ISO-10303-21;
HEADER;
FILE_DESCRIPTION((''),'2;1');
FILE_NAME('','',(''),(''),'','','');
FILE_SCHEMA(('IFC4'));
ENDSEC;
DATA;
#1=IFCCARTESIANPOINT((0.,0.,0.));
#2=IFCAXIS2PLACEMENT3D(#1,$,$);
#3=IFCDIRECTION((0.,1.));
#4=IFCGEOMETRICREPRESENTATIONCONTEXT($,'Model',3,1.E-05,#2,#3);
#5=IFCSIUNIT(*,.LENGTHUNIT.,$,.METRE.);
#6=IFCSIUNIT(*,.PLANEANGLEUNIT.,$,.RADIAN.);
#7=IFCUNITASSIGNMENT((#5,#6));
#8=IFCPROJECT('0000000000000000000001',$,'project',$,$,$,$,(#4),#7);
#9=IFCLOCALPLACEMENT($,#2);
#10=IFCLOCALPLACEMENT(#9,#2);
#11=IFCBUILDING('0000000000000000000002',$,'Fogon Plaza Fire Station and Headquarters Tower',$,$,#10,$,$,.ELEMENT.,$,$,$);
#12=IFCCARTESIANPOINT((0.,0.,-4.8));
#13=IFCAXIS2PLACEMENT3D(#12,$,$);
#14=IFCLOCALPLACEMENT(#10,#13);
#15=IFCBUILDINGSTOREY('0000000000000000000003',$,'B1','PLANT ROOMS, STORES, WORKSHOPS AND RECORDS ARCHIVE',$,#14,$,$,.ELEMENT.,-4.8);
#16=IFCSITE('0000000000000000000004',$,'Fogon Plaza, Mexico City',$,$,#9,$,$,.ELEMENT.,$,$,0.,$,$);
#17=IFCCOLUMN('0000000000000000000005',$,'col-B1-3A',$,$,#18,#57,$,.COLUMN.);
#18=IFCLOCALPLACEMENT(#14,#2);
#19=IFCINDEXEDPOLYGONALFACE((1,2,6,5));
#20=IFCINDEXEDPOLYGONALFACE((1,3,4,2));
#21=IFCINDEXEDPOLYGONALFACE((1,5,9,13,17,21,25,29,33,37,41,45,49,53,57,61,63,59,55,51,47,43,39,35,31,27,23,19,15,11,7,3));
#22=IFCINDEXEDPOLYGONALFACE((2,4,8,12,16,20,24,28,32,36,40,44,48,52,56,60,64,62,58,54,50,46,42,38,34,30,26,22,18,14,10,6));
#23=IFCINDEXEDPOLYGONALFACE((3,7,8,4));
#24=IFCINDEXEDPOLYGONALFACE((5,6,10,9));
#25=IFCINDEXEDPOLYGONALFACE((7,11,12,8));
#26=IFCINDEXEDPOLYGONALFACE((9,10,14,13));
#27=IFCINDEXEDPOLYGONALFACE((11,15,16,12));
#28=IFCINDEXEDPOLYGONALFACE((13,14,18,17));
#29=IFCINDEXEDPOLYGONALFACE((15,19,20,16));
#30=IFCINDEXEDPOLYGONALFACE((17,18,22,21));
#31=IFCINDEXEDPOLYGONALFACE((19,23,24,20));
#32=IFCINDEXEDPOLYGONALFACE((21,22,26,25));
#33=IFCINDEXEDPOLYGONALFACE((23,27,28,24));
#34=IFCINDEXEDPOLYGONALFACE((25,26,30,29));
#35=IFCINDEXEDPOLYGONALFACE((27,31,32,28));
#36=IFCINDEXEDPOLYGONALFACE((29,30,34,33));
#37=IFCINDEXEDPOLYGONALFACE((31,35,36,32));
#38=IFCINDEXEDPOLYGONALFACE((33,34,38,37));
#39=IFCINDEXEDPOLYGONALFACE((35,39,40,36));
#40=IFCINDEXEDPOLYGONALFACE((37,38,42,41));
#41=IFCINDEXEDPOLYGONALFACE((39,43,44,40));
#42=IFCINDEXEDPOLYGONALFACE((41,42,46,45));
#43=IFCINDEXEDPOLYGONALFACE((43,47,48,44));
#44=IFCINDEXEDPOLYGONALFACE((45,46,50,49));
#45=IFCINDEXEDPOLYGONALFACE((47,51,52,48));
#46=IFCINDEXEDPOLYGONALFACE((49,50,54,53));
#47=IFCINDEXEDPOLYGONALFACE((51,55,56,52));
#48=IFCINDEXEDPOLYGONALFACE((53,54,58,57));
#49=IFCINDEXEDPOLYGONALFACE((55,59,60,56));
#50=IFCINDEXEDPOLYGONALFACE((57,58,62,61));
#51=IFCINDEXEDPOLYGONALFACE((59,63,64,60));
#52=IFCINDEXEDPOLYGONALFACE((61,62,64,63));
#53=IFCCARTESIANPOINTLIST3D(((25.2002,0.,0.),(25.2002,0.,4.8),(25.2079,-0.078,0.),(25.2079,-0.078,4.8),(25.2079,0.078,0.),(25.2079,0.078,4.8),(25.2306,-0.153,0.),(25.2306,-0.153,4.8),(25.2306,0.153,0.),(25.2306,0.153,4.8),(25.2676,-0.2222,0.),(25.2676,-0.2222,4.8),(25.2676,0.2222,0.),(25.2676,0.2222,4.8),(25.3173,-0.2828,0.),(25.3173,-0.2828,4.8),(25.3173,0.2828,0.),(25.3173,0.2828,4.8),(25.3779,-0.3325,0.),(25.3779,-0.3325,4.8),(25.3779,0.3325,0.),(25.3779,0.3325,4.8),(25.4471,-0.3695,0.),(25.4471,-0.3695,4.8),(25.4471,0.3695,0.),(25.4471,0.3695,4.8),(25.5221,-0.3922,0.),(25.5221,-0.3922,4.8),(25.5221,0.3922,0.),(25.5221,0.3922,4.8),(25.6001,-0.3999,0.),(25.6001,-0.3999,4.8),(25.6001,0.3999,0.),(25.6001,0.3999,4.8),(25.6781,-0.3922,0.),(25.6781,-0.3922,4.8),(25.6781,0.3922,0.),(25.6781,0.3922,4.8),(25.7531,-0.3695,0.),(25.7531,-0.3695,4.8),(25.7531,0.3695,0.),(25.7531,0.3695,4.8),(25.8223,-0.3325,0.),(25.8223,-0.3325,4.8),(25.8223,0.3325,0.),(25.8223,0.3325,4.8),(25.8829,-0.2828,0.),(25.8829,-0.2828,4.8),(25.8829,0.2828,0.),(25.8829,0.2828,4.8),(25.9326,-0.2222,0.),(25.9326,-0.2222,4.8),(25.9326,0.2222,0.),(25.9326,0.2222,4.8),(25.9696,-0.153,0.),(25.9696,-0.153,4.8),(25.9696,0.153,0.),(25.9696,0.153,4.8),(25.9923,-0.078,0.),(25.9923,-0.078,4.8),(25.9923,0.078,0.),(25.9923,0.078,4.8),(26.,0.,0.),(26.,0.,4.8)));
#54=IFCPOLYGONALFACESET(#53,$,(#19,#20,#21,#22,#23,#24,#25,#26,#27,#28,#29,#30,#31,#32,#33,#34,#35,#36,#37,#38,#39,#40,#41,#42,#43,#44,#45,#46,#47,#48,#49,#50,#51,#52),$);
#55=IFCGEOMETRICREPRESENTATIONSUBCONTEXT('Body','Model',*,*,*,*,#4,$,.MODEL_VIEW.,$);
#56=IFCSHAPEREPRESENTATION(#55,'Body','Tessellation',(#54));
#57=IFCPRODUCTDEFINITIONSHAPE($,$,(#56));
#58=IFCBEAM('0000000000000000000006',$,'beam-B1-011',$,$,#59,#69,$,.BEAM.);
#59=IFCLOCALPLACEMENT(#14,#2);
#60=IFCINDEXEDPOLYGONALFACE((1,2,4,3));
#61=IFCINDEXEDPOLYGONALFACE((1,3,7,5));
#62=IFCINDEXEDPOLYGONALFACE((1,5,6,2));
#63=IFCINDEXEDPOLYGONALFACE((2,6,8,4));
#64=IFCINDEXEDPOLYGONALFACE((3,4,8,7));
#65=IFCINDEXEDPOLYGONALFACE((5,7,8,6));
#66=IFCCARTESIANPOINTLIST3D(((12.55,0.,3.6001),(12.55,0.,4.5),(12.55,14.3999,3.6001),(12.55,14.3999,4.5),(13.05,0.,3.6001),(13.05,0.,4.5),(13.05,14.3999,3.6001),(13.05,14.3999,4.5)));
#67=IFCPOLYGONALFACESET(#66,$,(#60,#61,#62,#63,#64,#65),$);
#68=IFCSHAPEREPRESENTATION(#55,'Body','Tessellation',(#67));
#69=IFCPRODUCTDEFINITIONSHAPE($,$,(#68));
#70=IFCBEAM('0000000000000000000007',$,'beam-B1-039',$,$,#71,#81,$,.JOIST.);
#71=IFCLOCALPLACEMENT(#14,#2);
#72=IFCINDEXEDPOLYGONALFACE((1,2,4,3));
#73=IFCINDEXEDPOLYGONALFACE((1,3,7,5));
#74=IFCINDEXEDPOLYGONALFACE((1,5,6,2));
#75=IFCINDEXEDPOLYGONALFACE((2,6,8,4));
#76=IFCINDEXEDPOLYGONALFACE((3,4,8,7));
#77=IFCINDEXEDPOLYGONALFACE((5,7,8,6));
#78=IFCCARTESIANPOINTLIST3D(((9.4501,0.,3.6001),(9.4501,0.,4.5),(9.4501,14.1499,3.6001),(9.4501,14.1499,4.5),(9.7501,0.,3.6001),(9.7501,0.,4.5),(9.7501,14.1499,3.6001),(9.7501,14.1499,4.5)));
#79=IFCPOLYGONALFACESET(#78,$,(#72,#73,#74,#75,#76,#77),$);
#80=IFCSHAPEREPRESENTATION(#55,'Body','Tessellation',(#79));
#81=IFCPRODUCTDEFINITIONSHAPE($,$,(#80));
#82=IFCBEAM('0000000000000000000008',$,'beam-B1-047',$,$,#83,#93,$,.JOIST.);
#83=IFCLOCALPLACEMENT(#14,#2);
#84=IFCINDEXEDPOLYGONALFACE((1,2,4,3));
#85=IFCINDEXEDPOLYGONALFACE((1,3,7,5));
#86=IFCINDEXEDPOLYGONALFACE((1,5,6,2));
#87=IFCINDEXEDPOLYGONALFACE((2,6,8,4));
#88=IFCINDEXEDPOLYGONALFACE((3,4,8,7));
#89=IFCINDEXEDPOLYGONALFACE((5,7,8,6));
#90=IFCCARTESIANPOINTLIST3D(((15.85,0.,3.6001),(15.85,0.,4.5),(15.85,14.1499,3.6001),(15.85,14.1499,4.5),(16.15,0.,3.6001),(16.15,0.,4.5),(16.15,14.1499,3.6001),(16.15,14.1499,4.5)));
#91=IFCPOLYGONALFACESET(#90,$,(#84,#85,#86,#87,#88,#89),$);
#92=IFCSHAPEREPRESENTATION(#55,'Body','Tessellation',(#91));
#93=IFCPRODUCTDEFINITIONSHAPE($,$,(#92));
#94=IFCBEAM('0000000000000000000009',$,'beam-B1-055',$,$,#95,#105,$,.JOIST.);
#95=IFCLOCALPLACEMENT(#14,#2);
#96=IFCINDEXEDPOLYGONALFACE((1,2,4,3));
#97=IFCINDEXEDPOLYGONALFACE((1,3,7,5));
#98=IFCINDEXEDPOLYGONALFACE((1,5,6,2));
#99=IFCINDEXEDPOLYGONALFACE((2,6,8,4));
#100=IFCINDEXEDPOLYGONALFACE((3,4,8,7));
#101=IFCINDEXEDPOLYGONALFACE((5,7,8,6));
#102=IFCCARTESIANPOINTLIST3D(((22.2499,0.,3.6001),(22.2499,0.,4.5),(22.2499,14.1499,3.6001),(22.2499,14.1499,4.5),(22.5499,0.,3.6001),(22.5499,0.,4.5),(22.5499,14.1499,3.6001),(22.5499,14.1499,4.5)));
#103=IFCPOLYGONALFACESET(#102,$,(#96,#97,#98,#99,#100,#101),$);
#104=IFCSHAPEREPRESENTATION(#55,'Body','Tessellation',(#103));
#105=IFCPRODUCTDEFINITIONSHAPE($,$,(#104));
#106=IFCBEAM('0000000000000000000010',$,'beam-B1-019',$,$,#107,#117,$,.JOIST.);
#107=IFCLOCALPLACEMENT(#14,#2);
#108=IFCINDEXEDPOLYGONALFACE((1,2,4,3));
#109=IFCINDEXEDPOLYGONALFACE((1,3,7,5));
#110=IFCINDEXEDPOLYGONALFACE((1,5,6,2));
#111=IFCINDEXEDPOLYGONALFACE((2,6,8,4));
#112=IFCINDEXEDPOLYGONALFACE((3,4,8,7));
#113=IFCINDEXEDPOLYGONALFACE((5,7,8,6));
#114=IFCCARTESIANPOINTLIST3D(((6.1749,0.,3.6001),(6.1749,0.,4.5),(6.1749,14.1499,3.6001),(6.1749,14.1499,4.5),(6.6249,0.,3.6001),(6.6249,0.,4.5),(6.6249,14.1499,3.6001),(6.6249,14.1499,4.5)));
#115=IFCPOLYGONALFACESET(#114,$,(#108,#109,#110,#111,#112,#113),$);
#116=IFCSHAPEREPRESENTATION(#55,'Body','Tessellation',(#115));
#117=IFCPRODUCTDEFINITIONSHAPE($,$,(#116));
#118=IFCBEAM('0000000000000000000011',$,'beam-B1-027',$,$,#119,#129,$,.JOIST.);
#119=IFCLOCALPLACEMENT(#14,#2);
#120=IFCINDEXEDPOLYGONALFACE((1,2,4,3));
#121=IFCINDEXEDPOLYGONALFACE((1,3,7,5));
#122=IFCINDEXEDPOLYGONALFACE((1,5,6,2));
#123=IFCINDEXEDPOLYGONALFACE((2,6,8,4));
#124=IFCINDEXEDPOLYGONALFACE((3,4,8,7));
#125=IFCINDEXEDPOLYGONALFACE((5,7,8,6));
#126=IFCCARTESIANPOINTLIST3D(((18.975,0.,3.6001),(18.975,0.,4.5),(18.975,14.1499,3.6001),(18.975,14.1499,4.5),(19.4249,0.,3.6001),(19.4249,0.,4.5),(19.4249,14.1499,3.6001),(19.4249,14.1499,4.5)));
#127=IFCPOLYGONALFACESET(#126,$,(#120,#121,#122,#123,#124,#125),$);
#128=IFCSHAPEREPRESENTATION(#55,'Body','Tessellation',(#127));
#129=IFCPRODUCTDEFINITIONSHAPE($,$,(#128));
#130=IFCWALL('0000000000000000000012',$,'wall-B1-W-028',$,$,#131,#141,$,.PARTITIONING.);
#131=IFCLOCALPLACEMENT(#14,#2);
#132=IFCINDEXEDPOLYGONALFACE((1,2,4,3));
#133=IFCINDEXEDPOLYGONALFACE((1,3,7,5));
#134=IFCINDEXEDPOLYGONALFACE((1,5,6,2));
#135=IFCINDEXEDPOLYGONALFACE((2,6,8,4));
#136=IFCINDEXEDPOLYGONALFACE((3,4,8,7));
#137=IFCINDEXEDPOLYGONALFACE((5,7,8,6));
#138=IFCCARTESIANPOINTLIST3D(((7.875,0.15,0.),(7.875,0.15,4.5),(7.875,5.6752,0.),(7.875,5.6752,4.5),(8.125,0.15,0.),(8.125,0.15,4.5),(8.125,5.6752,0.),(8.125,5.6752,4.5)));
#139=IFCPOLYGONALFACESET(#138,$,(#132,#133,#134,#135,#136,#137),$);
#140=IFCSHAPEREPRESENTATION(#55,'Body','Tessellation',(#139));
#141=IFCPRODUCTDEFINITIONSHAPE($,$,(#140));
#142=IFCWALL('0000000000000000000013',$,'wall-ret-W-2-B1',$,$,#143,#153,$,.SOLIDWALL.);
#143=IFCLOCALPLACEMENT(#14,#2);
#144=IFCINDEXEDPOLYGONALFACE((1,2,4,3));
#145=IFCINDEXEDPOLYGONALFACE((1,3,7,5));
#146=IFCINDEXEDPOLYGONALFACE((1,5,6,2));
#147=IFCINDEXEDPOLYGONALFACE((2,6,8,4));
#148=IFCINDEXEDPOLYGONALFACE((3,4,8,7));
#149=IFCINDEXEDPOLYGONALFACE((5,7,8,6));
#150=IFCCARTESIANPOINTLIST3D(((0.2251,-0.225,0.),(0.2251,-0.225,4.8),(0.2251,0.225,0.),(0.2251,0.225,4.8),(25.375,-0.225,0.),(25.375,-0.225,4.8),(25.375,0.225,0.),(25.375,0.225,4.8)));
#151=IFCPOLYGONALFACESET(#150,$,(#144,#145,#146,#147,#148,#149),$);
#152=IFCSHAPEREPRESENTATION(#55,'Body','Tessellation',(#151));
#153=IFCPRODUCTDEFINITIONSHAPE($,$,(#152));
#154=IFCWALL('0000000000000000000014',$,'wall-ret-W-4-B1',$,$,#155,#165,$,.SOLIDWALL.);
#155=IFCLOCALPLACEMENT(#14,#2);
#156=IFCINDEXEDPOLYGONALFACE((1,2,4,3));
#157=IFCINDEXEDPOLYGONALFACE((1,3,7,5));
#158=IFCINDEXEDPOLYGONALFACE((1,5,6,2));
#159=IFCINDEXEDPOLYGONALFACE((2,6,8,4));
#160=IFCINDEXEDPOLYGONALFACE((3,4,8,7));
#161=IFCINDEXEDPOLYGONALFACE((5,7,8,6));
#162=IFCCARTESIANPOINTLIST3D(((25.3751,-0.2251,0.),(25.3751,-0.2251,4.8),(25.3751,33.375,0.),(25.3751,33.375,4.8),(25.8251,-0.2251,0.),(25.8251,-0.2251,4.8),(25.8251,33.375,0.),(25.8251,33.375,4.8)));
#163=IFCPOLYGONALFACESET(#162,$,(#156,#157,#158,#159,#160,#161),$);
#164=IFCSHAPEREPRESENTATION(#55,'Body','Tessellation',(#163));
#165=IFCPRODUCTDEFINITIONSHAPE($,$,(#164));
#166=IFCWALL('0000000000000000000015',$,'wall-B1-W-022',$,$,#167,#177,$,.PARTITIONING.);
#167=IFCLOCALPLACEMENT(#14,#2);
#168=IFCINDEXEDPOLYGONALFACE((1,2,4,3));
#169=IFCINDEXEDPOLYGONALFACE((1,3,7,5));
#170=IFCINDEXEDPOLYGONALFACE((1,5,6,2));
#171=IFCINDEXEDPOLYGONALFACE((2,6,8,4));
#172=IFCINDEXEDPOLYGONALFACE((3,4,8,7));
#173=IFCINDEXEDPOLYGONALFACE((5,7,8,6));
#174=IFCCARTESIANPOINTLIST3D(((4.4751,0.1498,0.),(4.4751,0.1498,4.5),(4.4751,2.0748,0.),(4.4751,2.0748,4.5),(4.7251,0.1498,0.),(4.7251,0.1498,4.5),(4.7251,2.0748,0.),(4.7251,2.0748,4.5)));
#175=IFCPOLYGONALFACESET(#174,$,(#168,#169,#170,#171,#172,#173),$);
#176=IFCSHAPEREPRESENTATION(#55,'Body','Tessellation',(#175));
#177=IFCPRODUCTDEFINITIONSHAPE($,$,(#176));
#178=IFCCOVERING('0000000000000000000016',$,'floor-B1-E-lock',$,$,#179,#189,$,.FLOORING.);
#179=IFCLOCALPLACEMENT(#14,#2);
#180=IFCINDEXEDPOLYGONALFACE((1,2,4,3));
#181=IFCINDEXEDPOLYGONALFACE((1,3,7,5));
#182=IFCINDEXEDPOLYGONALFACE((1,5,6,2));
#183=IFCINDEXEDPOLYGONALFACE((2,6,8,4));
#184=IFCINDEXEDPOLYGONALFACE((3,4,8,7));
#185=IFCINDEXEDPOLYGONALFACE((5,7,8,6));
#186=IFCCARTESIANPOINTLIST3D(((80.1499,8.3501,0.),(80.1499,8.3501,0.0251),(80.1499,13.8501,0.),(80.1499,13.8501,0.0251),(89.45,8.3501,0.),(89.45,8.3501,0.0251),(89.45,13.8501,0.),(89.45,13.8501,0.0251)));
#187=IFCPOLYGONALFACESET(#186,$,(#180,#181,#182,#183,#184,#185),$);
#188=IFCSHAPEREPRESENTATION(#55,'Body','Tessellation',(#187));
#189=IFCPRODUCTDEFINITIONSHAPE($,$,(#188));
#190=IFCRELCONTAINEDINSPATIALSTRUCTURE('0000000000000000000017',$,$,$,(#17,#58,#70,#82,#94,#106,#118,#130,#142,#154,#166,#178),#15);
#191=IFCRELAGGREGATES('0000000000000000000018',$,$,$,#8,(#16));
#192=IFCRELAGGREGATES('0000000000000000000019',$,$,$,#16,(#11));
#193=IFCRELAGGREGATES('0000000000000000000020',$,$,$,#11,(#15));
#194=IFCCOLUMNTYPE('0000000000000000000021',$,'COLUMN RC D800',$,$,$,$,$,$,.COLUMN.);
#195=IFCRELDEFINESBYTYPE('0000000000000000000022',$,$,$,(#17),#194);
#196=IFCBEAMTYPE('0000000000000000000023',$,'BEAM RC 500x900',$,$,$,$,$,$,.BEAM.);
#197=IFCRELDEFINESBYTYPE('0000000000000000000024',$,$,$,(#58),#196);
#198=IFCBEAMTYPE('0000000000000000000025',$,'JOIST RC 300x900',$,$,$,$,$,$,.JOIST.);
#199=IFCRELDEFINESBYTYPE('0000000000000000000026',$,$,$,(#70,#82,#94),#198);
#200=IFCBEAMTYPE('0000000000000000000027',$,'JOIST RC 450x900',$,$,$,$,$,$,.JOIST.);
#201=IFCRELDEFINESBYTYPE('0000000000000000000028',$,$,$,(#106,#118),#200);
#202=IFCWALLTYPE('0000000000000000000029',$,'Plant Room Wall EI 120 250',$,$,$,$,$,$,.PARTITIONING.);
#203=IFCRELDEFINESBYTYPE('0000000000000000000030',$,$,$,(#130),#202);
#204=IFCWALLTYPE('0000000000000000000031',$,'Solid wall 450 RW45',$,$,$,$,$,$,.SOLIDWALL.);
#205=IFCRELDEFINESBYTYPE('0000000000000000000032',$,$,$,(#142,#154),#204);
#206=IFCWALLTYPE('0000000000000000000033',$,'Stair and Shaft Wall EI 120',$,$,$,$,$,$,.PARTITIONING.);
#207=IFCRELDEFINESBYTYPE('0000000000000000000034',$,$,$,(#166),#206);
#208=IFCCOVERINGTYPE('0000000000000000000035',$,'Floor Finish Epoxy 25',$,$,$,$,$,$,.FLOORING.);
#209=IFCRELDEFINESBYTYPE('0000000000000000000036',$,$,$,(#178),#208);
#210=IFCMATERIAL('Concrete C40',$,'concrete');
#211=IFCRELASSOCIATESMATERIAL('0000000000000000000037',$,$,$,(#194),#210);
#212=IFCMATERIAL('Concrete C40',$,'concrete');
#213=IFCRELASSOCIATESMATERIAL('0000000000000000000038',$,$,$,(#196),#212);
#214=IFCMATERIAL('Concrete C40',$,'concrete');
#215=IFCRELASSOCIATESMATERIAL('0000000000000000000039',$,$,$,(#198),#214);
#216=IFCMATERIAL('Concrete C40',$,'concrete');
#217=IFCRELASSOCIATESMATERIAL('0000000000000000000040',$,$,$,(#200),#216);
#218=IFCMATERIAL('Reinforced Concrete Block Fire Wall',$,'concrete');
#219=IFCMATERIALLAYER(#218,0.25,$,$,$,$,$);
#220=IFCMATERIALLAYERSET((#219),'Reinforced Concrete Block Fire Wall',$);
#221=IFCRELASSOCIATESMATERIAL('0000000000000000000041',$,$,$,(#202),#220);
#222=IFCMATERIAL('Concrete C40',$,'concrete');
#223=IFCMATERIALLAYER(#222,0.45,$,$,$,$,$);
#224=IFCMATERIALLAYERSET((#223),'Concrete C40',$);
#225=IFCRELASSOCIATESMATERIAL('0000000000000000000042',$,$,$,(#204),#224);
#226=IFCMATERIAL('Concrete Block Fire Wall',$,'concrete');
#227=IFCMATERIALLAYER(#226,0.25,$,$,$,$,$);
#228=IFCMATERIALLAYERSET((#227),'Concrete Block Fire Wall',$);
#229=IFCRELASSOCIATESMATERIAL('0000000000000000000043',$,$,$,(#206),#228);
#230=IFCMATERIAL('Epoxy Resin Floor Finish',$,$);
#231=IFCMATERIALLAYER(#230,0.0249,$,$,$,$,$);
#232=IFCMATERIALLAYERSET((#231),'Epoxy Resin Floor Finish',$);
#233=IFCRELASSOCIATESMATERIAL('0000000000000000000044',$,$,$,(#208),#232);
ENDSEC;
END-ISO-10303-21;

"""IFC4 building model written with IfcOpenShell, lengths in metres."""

from ifc_helpers import new_model, si_unit, direction, frame, frame_2d, origin, origin_2d, place, context, subcontext, project, spatial, polyline, rectangle, circle, outline, extrude, material, layer, layer_set, material_profile, profile_set, type_object, element, save


model = new_model("IFC4")

# Units and contexts
model_context = context("Model", 3, precision=1e-05, world=origin(), true_north=direction((0.0, 1.0)))
body_context = subcontext(model_context, "Body", "Model", "MODEL_VIEW")
ifc_project = project(units=[si_unit("LENGTHUNIT", "METRE"), si_unit("PLANEANGLEUNIT", "RADIAN")], contexts=[model_context])

# Site, building, storey
site_placement = place(None, origin())
site = spatial("IfcSite", under=ifc_project, at=site_placement, Name="Fogon Plaza, Mexico City", CompositionType="ELEMENT", RefElevation=0.0)
building_placement = place(site_placement, origin())
building = spatial("IfcBuilding", under=site, at=building_placement, Name="Fogon Plaza Fire Station and Headquarters Tower", CompositionType="ELEMENT")
storey_placement = place(building_placement, frame((0.0, 0.0, -4.8)))
storey = spatial("IfcBuildingStorey", under=building, at=storey_placement, Name="B1", Description="PLANT ROOMS, STORES, WORKSHOPS AND RECORDS ARCHIVE", CompositionType="ELEMENT", Elevation=-4.8)

# Column
ifc_material_1 = material(Name="Concrete C40", Category="concrete")
ifc_material_profile_1 = material_profile(ifc_material_1, circle(Radius=0.3999, at=origin_2d()), Name="RC D800")
ifc_profile_set_1 = profile_set([ifc_material_profile_1], Name="Concrete C40")
column_type = type_object("IfcColumnType", Name="COLUMN RC D800", PredefinedType="COLUMN", material=ifc_profile_set_1)
for number, where, z_axis, x_axis, name in (
    (1, (25.6001, 0.0, 0.0), (0.0, 0.0, 1.0), (1.0, 0.0, 0.0), "col-B1-3A"),
):
    element("IfcColumn", number, at=place(storey_placement, frame(where, z_axis=z_axis, x_axis=x_axis)), inside=storey, type_object=column_type, Name=name, PredefinedType="COLUMN", context=body_context, shape_type="SweptSolid", body=[
        extrude(circle(Radius=0.3999, at=origin_2d()), origin(), (0.0, 0.0, 1.0), 4.8),
    ])

# Beams
ifc_material_2 = material(Name="Concrete C40", Category="concrete")
ifc_material_profile_2 = material_profile(ifc_material_2, rectangle(XDim=0.5, YDim=0.8999, at=origin_2d()), Name="RC 500x900")
ifc_profile_set_2 = profile_set([ifc_material_profile_2], Name="Concrete C40")
beam_type_1 = type_object("IfcBeamType", Name="BEAM RC 500x900", PredefinedType="BEAM", material=ifc_profile_set_2)
beam_placement = place(storey_placement, frame((12.8, 0.0, 4.05), z_axis=(0.0, 1.0, 0.0), x_axis=(-1.0, 0.0, 0.0)))
element("IfcBeam", 2, at=beam_placement, inside=storey, type_object=beam_type_1, Name="beam-B1-011", PredefinedType="BEAM", context=body_context, shape_type="SweptSolid", body=[
    extrude(rectangle(XDim=0.5, YDim=0.8999, at=origin_2d()), origin(), (0.0, 0.0, 1.0), 14.3999),
])
ifc_material_3 = material(Name="Concrete C40", Category="concrete")
ifc_material_profile_3 = material_profile(ifc_material_3, rectangle(XDim=0.3, YDim=0.8999, at=origin_2d()), Name="RC 300x900")
ifc_profile_set_3 = profile_set([ifc_material_profile_3], Name="Concrete C40")
beam_type_2 = type_object("IfcBeamType", Name="JOIST RC 300x900", PredefinedType="JOIST", material=ifc_profile_set_3)
for number, where, z_axis, x_axis, name in (
    (3, (9.6001, 0.0, 4.05), (0.0, 1.0, 0.0), (-1.0, 0.0, 0.0), "beam-B1-039"),
    (4, (16.0, 0.0, 4.05), (0.0, 1.0, 0.0), (-1.0, 0.0, 0.0), "beam-B1-047"),
    (5, (22.3999, 0.0, 4.05), (0.0, 1.0, 0.0), (-1.0, 0.0, 0.0), "beam-B1-055"),
):
    element("IfcBeam", number, at=place(storey_placement, frame(where, z_axis=z_axis, x_axis=x_axis)), inside=storey, type_object=beam_type_2, Name=name, PredefinedType="JOIST", context=body_context, shape_type="SweptSolid", body=[
        extrude(rectangle(XDim=0.3, YDim=0.8999, at=origin_2d()), origin(), (0.0, 0.0, 1.0), 14.1499),
    ])
ifc_material_4 = material(Name="Concrete C40", Category="concrete")
ifc_material_profile_4 = material_profile(ifc_material_4, rectangle(XDim=0.45, YDim=0.8999, at=origin_2d()), Name="RC 450x900")
ifc_profile_set_4 = profile_set([ifc_material_profile_4], Name="Concrete C40")
beam_type_3 = type_object("IfcBeamType", Name="JOIST RC 450x900", PredefinedType="JOIST", material=ifc_profile_set_4)
for number, where, z_axis, x_axis, name in (
    (6, (6.3999, 0.0, 4.05), (0.0, 1.0, 0.0), (-1.0, 0.0, 0.0), "beam-B1-019"),
    (7, (19.2, 0.0, 4.05), (0.0, 1.0, 0.0), (-1.0, 0.0, 0.0), "beam-B1-027"),
):
    element("IfcBeam", number, at=place(storey_placement, frame(where, z_axis=z_axis, x_axis=x_axis)), inside=storey, type_object=beam_type_3, Name=name, PredefinedType="JOIST", context=body_context, shape_type="SweptSolid", body=[
        extrude(rectangle(XDim=0.45, YDim=0.8999, at=origin_2d()), origin(), (0.0, 0.0, 1.0), 14.1499),
    ])

# Walls
ifc_material_5 = material(Name="Reinforced Concrete Block Fire Wall", Category="concrete")
ifc_layer_1 = layer(ifc_material_5, 0.25)
ifc_layer_set_1 = layer_set([ifc_layer_1], Name="Reinforced Concrete Block Fire Wall")
wall_type_1 = type_object("IfcWallType", Name="Plant Room Wall EI 120 250", PredefinedType="PARTITIONING", material=ifc_layer_set_1)
wall_1_placement = place(storey_placement, frame((8.0, 0.1499, 0.0), z_axis=(0.0, 0.0, 1.0), x_axis=(0.0, 1.0, 0.0)))
element("IfcWall", 8, at=wall_1_placement, inside=storey, type_object=wall_type_1, Name="wall-B1-W-028", PredefinedType="PARTITIONING", context=body_context, shape_type="SweptSolid", body=[
    extrude(rectangle(XDim=5.5251, YDim=0.25, at=frame_2d((2.7627, 0.0))), origin(), (0.0, 0.0, 1.0), 4.5),
])
ifc_material_6 = material(Name="Concrete C40", Category="concrete")
ifc_layer_2 = layer(ifc_material_6, 0.45)
ifc_layer_set_2 = layer_set([ifc_layer_2], Name="Concrete C40")
wall_type_2 = type_object("IfcWallType", Name="Solid wall 450 RW45", PredefinedType="SOLIDWALL", material=ifc_layer_set_2)
wall_2_placement = place(storey_placement, frame((0.2251, 0.0, 0.0), z_axis=(0.0, 0.0, 1.0), x_axis=(1.0, 0.0, 0.0)))
element("IfcWall", 9, at=wall_2_placement, inside=storey, type_object=wall_type_2, Name="wall-ret-W-2-B1", PredefinedType="SOLIDWALL", context=body_context, shape_type="SweptSolid", body=[
    extrude(rectangle(XDim=25.1499, YDim=0.45, at=frame_2d((12.575, 0.0))), origin(), (0.0, 0.0, 1.0), 4.8),
])
wall_3_placement = place(storey_placement, frame((25.6001, -0.2251, 0.0), z_axis=(0.0, 0.0, 1.0), x_axis=(0.0, 1.0, 0.0)))
element("IfcWall", 10, at=wall_3_placement, inside=storey, type_object=wall_type_2, Name="wall-ret-W-4-B1", PredefinedType="SOLIDWALL", context=body_context, shape_type="SweptSolid", body=[
    extrude(rectangle(XDim=33.6001, YDim=0.45, at=frame_2d((16.8, 0.0))), origin(), (0.0, 0.0, 1.0), 4.8),
])
ifc_material_7 = material(Name="Concrete Block Fire Wall", Category="concrete")
ifc_layer_3 = layer(ifc_material_7, 0.25)
ifc_layer_set_3 = layer_set([ifc_layer_3], Name="Concrete Block Fire Wall")
wall_type_3 = type_object("IfcWallType", Name="Stair and Shaft Wall EI 120", PredefinedType="PARTITIONING", material=ifc_layer_set_3)
wall_4_placement = place(storey_placement, frame((4.6001, 0.1499, 0.0), z_axis=(0.0, 0.0, 1.0), x_axis=(0.0, 1.0, 0.0)))
element("IfcWall", 11, at=wall_4_placement, inside=storey, type_object=wall_type_3, Name="wall-B1-W-022", PredefinedType="PARTITIONING", context=body_context, shape_type="SweptSolid", body=[
    extrude(rectangle(XDim=1.925, YDim=0.25, at=frame_2d((0.9624, 0.0))), origin(), (0.0, 0.0, 1.0), 4.5),
])

# Covering
ifc_material_8 = material(Name="Epoxy Resin Floor Finish")
ifc_layer_4 = layer(ifc_material_8, 0.0249)
ifc_layer_set_4 = layer_set([ifc_layer_4], Name="Epoxy Resin Floor Finish")
covering_type = type_object("IfcCoveringType", Name="Floor Finish Epoxy 25", PredefinedType="FLOORING", material=ifc_layer_set_4)
covering_1_placement = place(storey_placement, origin())
element("IfcCovering", 12, at=covering_1_placement, inside=storey, type_object=covering_type, Name="floor-B1-E-lock", PredefinedType="FLOORING", context=body_context, shape_type="SweptSolid", body=[
    extrude(outline(polyline([(80.1499, 8.3501), (80.1499, 13.8501), (89.45, 13.8501), (89.45, 8.3501), (80.1499, 8.3501)])), origin(), (0.0, 0.0, 1.0), 0.0251),
])

save(model, "model.ifc")
